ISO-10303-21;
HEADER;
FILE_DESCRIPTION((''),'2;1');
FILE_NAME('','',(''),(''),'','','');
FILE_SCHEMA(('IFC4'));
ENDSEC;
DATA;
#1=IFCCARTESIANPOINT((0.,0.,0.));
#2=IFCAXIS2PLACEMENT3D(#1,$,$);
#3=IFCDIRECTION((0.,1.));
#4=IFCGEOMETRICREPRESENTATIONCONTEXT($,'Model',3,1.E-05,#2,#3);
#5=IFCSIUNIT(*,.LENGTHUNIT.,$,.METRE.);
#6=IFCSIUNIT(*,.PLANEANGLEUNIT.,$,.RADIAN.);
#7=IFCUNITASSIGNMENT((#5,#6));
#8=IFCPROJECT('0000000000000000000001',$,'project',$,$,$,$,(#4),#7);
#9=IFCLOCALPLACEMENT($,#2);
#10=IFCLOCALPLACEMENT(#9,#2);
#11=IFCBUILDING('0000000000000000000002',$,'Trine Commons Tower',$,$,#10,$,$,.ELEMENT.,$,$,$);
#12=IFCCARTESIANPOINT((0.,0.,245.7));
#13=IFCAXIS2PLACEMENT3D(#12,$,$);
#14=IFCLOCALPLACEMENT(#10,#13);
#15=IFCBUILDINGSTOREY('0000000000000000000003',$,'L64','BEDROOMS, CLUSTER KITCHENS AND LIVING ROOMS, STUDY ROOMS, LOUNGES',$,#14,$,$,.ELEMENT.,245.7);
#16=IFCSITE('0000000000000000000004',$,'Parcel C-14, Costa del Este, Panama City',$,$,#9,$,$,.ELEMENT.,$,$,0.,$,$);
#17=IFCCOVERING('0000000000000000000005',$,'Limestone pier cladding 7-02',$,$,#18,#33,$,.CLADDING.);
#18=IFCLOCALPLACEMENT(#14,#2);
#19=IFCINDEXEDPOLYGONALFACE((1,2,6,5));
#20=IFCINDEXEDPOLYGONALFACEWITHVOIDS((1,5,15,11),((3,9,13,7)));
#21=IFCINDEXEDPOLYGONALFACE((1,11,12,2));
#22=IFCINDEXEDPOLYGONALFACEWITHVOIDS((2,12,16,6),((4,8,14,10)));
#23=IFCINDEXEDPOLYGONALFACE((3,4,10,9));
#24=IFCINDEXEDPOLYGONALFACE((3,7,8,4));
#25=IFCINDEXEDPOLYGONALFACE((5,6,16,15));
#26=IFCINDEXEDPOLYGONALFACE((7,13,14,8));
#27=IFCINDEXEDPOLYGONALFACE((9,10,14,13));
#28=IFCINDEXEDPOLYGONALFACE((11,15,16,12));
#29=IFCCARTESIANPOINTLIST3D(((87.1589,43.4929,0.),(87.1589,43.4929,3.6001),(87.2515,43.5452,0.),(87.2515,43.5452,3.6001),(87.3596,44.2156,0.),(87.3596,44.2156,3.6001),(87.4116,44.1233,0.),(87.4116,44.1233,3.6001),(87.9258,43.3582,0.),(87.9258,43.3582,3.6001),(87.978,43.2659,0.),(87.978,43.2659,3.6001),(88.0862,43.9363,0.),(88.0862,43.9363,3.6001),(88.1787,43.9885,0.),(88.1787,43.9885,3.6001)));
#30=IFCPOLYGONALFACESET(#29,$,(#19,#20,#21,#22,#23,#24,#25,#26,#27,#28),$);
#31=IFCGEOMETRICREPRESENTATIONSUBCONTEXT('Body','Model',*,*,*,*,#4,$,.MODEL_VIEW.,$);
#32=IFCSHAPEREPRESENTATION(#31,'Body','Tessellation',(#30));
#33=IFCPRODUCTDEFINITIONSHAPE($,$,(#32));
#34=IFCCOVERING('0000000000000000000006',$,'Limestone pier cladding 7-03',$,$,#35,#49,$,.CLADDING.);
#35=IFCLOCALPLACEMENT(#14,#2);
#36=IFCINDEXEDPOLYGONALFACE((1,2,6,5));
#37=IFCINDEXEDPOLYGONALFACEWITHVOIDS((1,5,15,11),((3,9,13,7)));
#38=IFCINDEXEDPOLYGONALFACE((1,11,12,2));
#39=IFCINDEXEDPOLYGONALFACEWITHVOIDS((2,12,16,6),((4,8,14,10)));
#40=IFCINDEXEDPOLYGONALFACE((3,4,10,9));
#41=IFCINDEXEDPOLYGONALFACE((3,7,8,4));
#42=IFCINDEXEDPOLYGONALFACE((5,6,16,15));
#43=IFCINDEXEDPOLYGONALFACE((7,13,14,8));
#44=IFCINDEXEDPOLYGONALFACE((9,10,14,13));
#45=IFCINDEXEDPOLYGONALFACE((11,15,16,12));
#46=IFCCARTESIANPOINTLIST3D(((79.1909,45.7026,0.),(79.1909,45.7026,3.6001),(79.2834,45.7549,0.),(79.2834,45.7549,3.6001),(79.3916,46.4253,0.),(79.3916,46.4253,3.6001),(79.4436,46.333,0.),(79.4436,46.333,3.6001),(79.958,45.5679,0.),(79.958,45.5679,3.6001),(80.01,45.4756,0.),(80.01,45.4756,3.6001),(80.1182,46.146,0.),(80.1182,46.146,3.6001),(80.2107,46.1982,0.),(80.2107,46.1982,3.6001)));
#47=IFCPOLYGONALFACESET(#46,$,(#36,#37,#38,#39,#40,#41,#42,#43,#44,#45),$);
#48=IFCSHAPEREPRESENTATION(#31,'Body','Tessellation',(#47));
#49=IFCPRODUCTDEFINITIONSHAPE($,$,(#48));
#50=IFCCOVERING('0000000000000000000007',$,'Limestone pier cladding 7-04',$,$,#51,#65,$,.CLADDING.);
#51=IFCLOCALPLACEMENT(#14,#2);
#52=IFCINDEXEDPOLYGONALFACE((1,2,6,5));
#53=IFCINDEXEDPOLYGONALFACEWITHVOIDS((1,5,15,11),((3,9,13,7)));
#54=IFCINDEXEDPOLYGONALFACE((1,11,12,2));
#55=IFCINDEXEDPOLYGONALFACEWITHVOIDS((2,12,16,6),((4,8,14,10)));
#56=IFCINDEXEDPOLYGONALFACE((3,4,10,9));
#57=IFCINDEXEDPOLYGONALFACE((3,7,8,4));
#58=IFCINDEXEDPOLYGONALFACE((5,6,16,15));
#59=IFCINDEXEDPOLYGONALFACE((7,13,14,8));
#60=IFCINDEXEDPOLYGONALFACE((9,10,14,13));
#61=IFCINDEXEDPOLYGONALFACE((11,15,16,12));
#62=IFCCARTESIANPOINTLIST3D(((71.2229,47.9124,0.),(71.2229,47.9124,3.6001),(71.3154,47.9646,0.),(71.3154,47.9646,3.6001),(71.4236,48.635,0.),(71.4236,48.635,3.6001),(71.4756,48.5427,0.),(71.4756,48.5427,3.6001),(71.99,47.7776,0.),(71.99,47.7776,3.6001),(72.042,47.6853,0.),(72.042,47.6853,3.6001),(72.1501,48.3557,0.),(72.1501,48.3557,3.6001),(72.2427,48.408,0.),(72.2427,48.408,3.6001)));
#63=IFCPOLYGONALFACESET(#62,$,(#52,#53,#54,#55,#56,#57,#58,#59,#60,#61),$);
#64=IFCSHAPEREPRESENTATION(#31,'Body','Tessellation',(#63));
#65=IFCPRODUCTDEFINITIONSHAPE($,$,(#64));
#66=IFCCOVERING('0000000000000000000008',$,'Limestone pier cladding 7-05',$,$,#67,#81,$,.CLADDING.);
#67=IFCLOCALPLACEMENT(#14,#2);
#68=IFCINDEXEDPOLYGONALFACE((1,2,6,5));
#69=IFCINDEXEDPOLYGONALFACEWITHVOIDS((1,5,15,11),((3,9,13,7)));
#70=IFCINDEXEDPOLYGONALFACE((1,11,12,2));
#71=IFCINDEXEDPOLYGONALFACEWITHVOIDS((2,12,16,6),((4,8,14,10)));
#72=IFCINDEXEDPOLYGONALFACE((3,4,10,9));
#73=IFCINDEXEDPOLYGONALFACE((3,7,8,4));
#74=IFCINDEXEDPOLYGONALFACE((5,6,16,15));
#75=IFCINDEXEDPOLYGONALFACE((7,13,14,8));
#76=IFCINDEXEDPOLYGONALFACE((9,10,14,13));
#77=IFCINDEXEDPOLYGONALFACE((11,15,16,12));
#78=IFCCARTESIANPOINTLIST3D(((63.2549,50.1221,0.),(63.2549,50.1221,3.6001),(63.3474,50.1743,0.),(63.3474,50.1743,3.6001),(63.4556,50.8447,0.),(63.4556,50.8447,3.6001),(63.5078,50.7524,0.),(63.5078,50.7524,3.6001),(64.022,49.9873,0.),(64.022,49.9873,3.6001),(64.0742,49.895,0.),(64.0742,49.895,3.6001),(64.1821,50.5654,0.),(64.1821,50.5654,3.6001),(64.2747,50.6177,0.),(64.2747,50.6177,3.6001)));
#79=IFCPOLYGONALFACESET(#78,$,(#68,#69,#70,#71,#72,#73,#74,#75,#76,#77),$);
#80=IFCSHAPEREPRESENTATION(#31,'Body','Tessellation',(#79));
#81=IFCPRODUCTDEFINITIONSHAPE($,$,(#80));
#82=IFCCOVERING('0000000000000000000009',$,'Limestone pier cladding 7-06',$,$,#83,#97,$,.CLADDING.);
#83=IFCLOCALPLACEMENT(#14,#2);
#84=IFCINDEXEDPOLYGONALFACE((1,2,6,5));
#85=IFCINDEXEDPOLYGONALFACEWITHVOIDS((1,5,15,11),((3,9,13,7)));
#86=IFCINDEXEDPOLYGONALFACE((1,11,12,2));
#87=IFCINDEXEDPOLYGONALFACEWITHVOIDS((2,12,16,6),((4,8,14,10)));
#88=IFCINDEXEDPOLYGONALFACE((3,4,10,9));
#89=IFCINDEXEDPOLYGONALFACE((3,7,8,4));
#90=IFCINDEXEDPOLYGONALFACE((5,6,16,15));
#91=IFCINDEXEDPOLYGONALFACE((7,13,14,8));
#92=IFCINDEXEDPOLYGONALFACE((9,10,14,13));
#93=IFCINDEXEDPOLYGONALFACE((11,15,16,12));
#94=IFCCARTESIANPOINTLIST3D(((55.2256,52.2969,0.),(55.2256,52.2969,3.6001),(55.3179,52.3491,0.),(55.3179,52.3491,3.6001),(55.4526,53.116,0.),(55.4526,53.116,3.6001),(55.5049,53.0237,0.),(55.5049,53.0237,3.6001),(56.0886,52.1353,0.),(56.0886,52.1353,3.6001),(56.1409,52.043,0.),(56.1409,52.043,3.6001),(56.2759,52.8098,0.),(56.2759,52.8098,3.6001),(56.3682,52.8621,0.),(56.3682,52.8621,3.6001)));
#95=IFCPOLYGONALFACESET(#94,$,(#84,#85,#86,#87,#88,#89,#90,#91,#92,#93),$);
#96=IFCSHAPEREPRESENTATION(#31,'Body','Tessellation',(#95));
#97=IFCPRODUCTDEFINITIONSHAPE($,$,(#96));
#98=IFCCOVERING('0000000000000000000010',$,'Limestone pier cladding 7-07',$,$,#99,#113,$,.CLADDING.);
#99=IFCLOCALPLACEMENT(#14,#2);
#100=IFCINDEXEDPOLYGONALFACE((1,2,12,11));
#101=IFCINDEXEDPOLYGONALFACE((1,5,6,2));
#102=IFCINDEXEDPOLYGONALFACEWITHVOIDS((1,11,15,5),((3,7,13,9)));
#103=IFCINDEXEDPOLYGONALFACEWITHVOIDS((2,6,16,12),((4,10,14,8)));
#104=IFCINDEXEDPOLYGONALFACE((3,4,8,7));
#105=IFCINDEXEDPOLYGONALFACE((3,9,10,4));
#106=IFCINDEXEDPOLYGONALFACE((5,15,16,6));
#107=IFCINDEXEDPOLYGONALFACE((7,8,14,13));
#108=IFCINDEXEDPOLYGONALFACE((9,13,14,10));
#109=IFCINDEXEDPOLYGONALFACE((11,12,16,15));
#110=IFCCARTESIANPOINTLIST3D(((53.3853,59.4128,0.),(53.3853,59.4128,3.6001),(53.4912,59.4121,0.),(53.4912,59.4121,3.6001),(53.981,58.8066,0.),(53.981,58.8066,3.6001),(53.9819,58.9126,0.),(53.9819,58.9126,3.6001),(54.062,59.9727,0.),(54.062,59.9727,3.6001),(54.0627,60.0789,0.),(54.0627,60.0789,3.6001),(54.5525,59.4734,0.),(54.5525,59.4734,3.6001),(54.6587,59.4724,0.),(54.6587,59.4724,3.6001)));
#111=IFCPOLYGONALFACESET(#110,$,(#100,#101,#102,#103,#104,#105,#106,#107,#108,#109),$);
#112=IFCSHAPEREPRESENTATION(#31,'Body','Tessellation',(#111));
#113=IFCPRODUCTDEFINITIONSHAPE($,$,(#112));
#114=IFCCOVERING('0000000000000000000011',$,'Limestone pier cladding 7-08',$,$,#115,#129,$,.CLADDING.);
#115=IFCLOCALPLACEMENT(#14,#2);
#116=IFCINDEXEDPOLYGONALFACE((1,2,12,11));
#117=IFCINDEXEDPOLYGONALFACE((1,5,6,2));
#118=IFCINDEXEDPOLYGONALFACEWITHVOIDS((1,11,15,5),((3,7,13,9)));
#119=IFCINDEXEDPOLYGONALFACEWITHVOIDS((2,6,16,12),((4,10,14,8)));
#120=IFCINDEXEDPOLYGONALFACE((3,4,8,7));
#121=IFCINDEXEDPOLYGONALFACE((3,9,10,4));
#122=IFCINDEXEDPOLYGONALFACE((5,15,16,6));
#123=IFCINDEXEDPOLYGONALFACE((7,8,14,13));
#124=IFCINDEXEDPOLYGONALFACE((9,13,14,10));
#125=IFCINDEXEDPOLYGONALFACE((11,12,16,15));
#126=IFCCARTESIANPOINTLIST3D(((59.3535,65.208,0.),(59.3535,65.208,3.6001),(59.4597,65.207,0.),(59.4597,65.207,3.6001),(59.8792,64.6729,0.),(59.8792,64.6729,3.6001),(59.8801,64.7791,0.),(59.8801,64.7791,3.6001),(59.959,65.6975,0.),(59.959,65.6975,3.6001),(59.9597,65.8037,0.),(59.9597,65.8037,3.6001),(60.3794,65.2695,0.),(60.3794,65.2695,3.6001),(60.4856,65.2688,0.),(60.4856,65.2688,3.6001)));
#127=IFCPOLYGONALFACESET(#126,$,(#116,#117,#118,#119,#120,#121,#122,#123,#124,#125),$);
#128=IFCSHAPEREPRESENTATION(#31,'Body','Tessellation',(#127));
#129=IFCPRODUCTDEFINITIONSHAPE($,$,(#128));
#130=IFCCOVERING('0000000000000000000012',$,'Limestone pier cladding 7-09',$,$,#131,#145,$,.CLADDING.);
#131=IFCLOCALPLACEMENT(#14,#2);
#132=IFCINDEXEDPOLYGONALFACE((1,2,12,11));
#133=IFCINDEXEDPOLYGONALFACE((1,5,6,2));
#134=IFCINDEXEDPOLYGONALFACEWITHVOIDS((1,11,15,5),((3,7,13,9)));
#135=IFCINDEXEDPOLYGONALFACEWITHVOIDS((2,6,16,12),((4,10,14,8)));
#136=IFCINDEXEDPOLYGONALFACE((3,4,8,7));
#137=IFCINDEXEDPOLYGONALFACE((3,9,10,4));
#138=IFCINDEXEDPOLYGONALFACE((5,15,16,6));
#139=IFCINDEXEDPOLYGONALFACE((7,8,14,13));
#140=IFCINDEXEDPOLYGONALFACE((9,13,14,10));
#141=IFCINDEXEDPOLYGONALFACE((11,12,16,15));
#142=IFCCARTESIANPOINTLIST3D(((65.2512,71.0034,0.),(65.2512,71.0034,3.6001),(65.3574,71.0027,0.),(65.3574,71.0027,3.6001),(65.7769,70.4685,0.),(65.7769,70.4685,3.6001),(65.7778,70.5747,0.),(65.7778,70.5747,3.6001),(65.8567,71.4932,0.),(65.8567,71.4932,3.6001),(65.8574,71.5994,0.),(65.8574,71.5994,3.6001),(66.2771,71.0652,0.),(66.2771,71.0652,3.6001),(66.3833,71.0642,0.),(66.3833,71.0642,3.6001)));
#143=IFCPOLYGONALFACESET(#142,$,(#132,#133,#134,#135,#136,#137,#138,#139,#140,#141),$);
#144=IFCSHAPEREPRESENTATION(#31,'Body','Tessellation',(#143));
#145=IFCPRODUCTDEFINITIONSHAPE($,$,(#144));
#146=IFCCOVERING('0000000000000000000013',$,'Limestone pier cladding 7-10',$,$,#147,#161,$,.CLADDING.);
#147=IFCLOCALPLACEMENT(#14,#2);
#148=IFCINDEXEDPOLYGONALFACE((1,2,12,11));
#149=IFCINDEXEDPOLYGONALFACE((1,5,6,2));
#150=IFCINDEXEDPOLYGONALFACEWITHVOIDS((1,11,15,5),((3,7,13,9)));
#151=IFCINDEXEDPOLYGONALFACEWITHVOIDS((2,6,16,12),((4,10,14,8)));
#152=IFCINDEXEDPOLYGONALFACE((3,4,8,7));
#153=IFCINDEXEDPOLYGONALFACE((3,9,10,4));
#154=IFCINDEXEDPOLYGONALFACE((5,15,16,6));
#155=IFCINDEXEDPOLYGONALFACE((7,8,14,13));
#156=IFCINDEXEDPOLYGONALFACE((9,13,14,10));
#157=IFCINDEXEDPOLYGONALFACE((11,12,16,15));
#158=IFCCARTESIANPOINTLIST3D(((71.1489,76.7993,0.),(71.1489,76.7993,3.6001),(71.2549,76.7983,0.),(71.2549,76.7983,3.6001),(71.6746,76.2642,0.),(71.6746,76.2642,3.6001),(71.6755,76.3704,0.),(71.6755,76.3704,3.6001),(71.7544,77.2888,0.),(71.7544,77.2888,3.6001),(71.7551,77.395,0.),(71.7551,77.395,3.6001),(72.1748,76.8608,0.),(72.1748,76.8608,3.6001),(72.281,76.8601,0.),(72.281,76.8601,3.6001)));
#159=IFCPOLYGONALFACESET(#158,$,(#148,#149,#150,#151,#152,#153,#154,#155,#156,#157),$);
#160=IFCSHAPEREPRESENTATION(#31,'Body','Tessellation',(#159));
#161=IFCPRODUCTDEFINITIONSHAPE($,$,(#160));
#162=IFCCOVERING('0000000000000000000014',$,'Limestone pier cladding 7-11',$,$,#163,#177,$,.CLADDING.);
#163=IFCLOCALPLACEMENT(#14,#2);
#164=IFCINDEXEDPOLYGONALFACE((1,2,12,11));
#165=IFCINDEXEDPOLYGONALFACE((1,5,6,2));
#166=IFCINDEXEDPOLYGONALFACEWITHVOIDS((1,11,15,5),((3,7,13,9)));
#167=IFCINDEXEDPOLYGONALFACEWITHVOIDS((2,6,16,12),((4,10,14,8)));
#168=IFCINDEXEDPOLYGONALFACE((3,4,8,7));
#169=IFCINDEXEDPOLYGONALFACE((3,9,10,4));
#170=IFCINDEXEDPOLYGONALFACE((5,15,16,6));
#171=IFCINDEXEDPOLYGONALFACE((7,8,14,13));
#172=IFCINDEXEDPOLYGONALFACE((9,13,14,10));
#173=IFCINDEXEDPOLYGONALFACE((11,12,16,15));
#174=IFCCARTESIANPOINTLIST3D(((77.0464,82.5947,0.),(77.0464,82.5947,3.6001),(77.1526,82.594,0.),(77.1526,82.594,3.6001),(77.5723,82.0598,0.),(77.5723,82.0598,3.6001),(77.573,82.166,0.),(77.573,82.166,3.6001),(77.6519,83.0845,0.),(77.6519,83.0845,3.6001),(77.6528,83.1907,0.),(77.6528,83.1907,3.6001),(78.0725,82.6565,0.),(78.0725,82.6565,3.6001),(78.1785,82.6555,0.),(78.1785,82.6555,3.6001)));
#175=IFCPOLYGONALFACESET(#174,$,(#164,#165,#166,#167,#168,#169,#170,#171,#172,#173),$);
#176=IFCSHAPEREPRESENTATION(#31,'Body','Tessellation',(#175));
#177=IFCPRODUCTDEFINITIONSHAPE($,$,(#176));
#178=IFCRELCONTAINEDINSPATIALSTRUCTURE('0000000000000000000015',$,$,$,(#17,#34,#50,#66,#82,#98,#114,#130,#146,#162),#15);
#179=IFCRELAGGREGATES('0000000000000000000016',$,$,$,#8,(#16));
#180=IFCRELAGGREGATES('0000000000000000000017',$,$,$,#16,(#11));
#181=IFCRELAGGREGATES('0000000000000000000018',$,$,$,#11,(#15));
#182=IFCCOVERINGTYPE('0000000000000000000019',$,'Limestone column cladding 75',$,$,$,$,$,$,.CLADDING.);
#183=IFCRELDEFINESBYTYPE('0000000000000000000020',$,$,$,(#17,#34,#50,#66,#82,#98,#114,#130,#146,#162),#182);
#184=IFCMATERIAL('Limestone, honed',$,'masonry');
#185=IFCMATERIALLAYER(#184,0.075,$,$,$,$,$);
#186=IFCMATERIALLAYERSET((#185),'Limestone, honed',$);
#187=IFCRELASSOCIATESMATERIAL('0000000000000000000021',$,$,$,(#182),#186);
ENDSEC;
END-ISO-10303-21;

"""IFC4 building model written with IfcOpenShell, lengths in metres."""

from ifc_helpers import new_model, si_unit, direction, frame, origin, place, context, subcontext, project, spatial, polyline, outline, extrude, material, layer, layer_set, type_object, element, save


model = new_model("IFC4")

# Units and contexts
model_context = context("Model", 3, precision=1e-05, world=origin(), true_north=direction((0.0, 1.0)))
body_context = subcontext(model_context, "Body", "Model", "MODEL_VIEW")
ifc_project = project(units=[si_unit("LENGTHUNIT", "METRE"), si_unit("PLANEANGLEUNIT", "RADIAN")], contexts=[model_context])

# Site, building, storey
site_placement = place(None, origin())
site = spatial("IfcSite", under=ifc_project, at=site_placement, Name="Parcel C-14, Costa del Este, Panama City", CompositionType="ELEMENT", RefElevation=0.0)
building_placement = place(site_placement, origin())
building = spatial("IfcBuilding", under=site, at=building_placement, Name="Trine Commons Tower", CompositionType="ELEMENT")
storey_placement = place(building_placement, frame((0.0, 0.0, 245.7)))
storey = spatial("IfcBuildingStorey", under=building, at=storey_placement, Name="L64", Description="BEDROOMS, CLUSTER KITCHENS AND LIVING ROOMS, STUDY ROOMS, LOUNGES", CompositionType="ELEMENT", Elevation=245.7)

# Coverings
ifc_material_1 = material(Name="Limestone, honed", Category="masonry")
ifc_layer_1 = layer(ifc_material_1, 0.075)
ifc_layer_set_1 = layer_set([ifc_layer_1], Name="Limestone, honed")
covering_type_1 = type_object("IfcCoveringType", Name="Limestone column cladding 75", PredefinedType="CLADDING", material=ifc_layer_set_1)
covering_1_placement = place(storey_placement, origin())
element("IfcCovering", 1, at=covering_1_placement, inside=storey, type_object=covering_type_1, Name="Limestone pier cladding 7-02", PredefinedType="CLADDING", context=body_context, shape_type="SweptSolid", body=[
    extrude(outline(polyline([(87.3596, 44.2156), (87.1589, 43.4929), (87.978, 43.2659), (88.1787, 43.9885), (87.3596, 44.2156)]), holes=[polyline([(87.4116, 44.1233), (87.2515, 43.5452), (87.9258, 43.3582), (88.0862, 43.9363), (87.4116, 44.1233)])]), origin(), (0.0, 0.0, 1.0), 3.6001),
])
covering_2_placement = place(storey_placement, origin())
element("IfcCovering", 2, at=covering_2_placement, inside=storey, type_object=covering_type_1, Name="Limestone pier cladding 7-03", PredefinedType="CLADDING", context=body_context, shape_type="SweptSolid", body=[
    extrude(outline(polyline([(79.3916, 46.4253), (79.1909, 45.7026), (80.01, 45.4756), (80.2107, 46.1982), (79.3916, 46.4253)]), holes=[polyline([(79.4436, 46.333), (79.2834, 45.7549), (79.958, 45.5679), (80.1182, 46.146), (79.4436, 46.333)])]), origin(), (0.0, 0.0, 1.0), 3.6001),
])
covering_3_placement = place(storey_placement, origin())
element("IfcCovering", 3, at=covering_3_placement, inside=storey, type_object=covering_type_1, Name="Limestone pier cladding 7-04", PredefinedType="CLADDING", context=body_context, shape_type="SweptSolid", body=[
    extrude(outline(polyline([(71.4236, 48.635), (71.2229, 47.9124), (72.042, 47.6853), (72.2427, 48.408), (71.4236, 48.635)]), holes=[polyline([(71.4756, 48.5427), (71.3154, 47.9646), (71.99, 47.7776), (72.1501, 48.3557), (71.4756, 48.5427)])]), origin(), (0.0, 0.0, 1.0), 3.6001),
])
covering_4_placement = place(storey_placement, origin())
element("IfcCovering", 4, at=covering_4_placement, inside=storey, type_object=covering_type_1, Name="Limestone pier cladding 7-05", PredefinedType="CLADDING", context=body_context, shape_type="SweptSolid", body=[
    extrude(outline(polyline([(63.4556, 50.8447), (63.2549, 50.1221), (64.0742, 49.895), (64.2747, 50.6177), (63.4556, 50.8447)]), holes=[polyline([(63.5078, 50.7524), (63.3474, 50.1743), (64.022, 49.9873), (64.1821, 50.5654), (63.5078, 50.7524)])]), origin(), (0.0, 0.0, 1.0), 3.6001),
])
covering_5_placement = place(storey_placement, origin())
element("IfcCovering", 5, at=covering_5_placement, inside=storey, type_object=covering_type_1, Name="Limestone pier cladding 7-06", PredefinedType="CLADDING", context=body_context, shape_type="SweptSolid", body=[
    extrude(outline(polyline([(55.4526, 53.116), (55.2256, 52.2969), (56.1409, 52.043), (56.3682, 52.8621), (55.4526, 53.116)]), holes=[polyline([(55.5049, 53.0237), (55.3179, 52.3491), (56.0886, 52.1353), (56.2759, 52.8098), (55.5049, 53.0237)])]), origin(), (0.0, 0.0, 1.0), 3.6001),
])
covering_6_placement = place(storey_placement, origin())
element("IfcCovering", 6, at=covering_6_placement, inside=storey, type_object=covering_type_1, Name="Limestone pier cladding 7-07", PredefinedType="CLADDING", context=body_context, shape_type="SweptSolid", body=[
    extrude(outline(polyline([(54.6587, 59.4724), (54.0627, 60.0789), (53.3853, 59.4128), (53.981, 58.8066), (54.6587, 59.4724)]), holes=[polyline([(54.5525, 59.4734), (54.062, 59.9727), (53.4912, 59.4121), (53.9819, 58.9126), (54.5525, 59.4734)])]), origin(), (0.0, 0.0, 1.0), 3.6001),
])
covering_7_placement = place(storey_placement, origin())
element("IfcCovering", 7, at=covering_7_placement, inside=storey, type_object=covering_type_1, Name="Limestone pier cladding 7-08", PredefinedType="CLADDING", context=body_context, shape_type="SweptSolid", body=[
    extrude(outline(polyline([(60.4856, 65.2688), (59.9597, 65.8037), (59.3535, 65.208), (59.8792, 64.6729), (60.4856, 65.2688)]), holes=[polyline([(60.3794, 65.2695), (59.959, 65.6975), (59.4597, 65.207), (59.8801, 64.7791), (60.3794, 65.2695)])]), origin(), (0.0, 0.0, 1.0), 3.6001),
])
covering_8_placement = place(storey_placement, origin())
element("IfcCovering", 8, at=covering_8_placement, inside=storey, type_object=covering_type_1, Name="Limestone pier cladding 7-09", PredefinedType="CLADDING", context=body_context, shape_type="SweptSolid", body=[
    extrude(outline(polyline([(66.3833, 71.0642), (65.8574, 71.5994), (65.2512, 71.0034), (65.7769, 70.4685), (66.3833, 71.0642)]), holes=[polyline([(66.2771, 71.0652), (65.8567, 71.4932), (65.3574, 71.0027), (65.7778, 70.5747), (66.2771, 71.0652)])]), origin(), (0.0, 0.0, 1.0), 3.6001),
])
covering_9_placement = place(storey_placement, origin())
element("IfcCovering", 9, at=covering_9_placement, inside=storey, type_object=covering_type_1, Name="Limestone pier cladding 7-10", PredefinedType="CLADDING", context=body_context, shape_type="SweptSolid", body=[
    extrude(outline(polyline([(72.281, 76.8601), (71.7551, 77.395), (71.1489, 76.7993), (71.6746, 76.2642), (72.281, 76.8601)]), holes=[polyline([(72.1748, 76.8608), (71.7544, 77.2888), (71.2549, 76.7983), (71.6755, 76.3704), (72.1748, 76.8608)])]), origin(), (0.0, 0.0, 1.0), 3.6001),
])
covering_10_placement = place(storey_placement, origin())
element("IfcCovering", 10, at=covering_10_placement, inside=storey, type_object=covering_type_1, Name="Limestone pier cladding 7-11", PredefinedType="CLADDING", context=body_context, shape_type="SweptSolid", body=[
    extrude(outline(polyline([(78.1785, 82.6555), (77.6528, 83.1907), (77.0464, 82.5947), (77.5723, 82.0598), (78.1785, 82.6555)]), holes=[polyline([(78.0725, 82.6565), (77.6519, 83.0845), (77.1526, 82.594), (77.573, 82.166), (78.0725, 82.6565)])]), origin(), (0.0, 0.0, 1.0), 3.6001),
])

save(model, "model.ifc")
